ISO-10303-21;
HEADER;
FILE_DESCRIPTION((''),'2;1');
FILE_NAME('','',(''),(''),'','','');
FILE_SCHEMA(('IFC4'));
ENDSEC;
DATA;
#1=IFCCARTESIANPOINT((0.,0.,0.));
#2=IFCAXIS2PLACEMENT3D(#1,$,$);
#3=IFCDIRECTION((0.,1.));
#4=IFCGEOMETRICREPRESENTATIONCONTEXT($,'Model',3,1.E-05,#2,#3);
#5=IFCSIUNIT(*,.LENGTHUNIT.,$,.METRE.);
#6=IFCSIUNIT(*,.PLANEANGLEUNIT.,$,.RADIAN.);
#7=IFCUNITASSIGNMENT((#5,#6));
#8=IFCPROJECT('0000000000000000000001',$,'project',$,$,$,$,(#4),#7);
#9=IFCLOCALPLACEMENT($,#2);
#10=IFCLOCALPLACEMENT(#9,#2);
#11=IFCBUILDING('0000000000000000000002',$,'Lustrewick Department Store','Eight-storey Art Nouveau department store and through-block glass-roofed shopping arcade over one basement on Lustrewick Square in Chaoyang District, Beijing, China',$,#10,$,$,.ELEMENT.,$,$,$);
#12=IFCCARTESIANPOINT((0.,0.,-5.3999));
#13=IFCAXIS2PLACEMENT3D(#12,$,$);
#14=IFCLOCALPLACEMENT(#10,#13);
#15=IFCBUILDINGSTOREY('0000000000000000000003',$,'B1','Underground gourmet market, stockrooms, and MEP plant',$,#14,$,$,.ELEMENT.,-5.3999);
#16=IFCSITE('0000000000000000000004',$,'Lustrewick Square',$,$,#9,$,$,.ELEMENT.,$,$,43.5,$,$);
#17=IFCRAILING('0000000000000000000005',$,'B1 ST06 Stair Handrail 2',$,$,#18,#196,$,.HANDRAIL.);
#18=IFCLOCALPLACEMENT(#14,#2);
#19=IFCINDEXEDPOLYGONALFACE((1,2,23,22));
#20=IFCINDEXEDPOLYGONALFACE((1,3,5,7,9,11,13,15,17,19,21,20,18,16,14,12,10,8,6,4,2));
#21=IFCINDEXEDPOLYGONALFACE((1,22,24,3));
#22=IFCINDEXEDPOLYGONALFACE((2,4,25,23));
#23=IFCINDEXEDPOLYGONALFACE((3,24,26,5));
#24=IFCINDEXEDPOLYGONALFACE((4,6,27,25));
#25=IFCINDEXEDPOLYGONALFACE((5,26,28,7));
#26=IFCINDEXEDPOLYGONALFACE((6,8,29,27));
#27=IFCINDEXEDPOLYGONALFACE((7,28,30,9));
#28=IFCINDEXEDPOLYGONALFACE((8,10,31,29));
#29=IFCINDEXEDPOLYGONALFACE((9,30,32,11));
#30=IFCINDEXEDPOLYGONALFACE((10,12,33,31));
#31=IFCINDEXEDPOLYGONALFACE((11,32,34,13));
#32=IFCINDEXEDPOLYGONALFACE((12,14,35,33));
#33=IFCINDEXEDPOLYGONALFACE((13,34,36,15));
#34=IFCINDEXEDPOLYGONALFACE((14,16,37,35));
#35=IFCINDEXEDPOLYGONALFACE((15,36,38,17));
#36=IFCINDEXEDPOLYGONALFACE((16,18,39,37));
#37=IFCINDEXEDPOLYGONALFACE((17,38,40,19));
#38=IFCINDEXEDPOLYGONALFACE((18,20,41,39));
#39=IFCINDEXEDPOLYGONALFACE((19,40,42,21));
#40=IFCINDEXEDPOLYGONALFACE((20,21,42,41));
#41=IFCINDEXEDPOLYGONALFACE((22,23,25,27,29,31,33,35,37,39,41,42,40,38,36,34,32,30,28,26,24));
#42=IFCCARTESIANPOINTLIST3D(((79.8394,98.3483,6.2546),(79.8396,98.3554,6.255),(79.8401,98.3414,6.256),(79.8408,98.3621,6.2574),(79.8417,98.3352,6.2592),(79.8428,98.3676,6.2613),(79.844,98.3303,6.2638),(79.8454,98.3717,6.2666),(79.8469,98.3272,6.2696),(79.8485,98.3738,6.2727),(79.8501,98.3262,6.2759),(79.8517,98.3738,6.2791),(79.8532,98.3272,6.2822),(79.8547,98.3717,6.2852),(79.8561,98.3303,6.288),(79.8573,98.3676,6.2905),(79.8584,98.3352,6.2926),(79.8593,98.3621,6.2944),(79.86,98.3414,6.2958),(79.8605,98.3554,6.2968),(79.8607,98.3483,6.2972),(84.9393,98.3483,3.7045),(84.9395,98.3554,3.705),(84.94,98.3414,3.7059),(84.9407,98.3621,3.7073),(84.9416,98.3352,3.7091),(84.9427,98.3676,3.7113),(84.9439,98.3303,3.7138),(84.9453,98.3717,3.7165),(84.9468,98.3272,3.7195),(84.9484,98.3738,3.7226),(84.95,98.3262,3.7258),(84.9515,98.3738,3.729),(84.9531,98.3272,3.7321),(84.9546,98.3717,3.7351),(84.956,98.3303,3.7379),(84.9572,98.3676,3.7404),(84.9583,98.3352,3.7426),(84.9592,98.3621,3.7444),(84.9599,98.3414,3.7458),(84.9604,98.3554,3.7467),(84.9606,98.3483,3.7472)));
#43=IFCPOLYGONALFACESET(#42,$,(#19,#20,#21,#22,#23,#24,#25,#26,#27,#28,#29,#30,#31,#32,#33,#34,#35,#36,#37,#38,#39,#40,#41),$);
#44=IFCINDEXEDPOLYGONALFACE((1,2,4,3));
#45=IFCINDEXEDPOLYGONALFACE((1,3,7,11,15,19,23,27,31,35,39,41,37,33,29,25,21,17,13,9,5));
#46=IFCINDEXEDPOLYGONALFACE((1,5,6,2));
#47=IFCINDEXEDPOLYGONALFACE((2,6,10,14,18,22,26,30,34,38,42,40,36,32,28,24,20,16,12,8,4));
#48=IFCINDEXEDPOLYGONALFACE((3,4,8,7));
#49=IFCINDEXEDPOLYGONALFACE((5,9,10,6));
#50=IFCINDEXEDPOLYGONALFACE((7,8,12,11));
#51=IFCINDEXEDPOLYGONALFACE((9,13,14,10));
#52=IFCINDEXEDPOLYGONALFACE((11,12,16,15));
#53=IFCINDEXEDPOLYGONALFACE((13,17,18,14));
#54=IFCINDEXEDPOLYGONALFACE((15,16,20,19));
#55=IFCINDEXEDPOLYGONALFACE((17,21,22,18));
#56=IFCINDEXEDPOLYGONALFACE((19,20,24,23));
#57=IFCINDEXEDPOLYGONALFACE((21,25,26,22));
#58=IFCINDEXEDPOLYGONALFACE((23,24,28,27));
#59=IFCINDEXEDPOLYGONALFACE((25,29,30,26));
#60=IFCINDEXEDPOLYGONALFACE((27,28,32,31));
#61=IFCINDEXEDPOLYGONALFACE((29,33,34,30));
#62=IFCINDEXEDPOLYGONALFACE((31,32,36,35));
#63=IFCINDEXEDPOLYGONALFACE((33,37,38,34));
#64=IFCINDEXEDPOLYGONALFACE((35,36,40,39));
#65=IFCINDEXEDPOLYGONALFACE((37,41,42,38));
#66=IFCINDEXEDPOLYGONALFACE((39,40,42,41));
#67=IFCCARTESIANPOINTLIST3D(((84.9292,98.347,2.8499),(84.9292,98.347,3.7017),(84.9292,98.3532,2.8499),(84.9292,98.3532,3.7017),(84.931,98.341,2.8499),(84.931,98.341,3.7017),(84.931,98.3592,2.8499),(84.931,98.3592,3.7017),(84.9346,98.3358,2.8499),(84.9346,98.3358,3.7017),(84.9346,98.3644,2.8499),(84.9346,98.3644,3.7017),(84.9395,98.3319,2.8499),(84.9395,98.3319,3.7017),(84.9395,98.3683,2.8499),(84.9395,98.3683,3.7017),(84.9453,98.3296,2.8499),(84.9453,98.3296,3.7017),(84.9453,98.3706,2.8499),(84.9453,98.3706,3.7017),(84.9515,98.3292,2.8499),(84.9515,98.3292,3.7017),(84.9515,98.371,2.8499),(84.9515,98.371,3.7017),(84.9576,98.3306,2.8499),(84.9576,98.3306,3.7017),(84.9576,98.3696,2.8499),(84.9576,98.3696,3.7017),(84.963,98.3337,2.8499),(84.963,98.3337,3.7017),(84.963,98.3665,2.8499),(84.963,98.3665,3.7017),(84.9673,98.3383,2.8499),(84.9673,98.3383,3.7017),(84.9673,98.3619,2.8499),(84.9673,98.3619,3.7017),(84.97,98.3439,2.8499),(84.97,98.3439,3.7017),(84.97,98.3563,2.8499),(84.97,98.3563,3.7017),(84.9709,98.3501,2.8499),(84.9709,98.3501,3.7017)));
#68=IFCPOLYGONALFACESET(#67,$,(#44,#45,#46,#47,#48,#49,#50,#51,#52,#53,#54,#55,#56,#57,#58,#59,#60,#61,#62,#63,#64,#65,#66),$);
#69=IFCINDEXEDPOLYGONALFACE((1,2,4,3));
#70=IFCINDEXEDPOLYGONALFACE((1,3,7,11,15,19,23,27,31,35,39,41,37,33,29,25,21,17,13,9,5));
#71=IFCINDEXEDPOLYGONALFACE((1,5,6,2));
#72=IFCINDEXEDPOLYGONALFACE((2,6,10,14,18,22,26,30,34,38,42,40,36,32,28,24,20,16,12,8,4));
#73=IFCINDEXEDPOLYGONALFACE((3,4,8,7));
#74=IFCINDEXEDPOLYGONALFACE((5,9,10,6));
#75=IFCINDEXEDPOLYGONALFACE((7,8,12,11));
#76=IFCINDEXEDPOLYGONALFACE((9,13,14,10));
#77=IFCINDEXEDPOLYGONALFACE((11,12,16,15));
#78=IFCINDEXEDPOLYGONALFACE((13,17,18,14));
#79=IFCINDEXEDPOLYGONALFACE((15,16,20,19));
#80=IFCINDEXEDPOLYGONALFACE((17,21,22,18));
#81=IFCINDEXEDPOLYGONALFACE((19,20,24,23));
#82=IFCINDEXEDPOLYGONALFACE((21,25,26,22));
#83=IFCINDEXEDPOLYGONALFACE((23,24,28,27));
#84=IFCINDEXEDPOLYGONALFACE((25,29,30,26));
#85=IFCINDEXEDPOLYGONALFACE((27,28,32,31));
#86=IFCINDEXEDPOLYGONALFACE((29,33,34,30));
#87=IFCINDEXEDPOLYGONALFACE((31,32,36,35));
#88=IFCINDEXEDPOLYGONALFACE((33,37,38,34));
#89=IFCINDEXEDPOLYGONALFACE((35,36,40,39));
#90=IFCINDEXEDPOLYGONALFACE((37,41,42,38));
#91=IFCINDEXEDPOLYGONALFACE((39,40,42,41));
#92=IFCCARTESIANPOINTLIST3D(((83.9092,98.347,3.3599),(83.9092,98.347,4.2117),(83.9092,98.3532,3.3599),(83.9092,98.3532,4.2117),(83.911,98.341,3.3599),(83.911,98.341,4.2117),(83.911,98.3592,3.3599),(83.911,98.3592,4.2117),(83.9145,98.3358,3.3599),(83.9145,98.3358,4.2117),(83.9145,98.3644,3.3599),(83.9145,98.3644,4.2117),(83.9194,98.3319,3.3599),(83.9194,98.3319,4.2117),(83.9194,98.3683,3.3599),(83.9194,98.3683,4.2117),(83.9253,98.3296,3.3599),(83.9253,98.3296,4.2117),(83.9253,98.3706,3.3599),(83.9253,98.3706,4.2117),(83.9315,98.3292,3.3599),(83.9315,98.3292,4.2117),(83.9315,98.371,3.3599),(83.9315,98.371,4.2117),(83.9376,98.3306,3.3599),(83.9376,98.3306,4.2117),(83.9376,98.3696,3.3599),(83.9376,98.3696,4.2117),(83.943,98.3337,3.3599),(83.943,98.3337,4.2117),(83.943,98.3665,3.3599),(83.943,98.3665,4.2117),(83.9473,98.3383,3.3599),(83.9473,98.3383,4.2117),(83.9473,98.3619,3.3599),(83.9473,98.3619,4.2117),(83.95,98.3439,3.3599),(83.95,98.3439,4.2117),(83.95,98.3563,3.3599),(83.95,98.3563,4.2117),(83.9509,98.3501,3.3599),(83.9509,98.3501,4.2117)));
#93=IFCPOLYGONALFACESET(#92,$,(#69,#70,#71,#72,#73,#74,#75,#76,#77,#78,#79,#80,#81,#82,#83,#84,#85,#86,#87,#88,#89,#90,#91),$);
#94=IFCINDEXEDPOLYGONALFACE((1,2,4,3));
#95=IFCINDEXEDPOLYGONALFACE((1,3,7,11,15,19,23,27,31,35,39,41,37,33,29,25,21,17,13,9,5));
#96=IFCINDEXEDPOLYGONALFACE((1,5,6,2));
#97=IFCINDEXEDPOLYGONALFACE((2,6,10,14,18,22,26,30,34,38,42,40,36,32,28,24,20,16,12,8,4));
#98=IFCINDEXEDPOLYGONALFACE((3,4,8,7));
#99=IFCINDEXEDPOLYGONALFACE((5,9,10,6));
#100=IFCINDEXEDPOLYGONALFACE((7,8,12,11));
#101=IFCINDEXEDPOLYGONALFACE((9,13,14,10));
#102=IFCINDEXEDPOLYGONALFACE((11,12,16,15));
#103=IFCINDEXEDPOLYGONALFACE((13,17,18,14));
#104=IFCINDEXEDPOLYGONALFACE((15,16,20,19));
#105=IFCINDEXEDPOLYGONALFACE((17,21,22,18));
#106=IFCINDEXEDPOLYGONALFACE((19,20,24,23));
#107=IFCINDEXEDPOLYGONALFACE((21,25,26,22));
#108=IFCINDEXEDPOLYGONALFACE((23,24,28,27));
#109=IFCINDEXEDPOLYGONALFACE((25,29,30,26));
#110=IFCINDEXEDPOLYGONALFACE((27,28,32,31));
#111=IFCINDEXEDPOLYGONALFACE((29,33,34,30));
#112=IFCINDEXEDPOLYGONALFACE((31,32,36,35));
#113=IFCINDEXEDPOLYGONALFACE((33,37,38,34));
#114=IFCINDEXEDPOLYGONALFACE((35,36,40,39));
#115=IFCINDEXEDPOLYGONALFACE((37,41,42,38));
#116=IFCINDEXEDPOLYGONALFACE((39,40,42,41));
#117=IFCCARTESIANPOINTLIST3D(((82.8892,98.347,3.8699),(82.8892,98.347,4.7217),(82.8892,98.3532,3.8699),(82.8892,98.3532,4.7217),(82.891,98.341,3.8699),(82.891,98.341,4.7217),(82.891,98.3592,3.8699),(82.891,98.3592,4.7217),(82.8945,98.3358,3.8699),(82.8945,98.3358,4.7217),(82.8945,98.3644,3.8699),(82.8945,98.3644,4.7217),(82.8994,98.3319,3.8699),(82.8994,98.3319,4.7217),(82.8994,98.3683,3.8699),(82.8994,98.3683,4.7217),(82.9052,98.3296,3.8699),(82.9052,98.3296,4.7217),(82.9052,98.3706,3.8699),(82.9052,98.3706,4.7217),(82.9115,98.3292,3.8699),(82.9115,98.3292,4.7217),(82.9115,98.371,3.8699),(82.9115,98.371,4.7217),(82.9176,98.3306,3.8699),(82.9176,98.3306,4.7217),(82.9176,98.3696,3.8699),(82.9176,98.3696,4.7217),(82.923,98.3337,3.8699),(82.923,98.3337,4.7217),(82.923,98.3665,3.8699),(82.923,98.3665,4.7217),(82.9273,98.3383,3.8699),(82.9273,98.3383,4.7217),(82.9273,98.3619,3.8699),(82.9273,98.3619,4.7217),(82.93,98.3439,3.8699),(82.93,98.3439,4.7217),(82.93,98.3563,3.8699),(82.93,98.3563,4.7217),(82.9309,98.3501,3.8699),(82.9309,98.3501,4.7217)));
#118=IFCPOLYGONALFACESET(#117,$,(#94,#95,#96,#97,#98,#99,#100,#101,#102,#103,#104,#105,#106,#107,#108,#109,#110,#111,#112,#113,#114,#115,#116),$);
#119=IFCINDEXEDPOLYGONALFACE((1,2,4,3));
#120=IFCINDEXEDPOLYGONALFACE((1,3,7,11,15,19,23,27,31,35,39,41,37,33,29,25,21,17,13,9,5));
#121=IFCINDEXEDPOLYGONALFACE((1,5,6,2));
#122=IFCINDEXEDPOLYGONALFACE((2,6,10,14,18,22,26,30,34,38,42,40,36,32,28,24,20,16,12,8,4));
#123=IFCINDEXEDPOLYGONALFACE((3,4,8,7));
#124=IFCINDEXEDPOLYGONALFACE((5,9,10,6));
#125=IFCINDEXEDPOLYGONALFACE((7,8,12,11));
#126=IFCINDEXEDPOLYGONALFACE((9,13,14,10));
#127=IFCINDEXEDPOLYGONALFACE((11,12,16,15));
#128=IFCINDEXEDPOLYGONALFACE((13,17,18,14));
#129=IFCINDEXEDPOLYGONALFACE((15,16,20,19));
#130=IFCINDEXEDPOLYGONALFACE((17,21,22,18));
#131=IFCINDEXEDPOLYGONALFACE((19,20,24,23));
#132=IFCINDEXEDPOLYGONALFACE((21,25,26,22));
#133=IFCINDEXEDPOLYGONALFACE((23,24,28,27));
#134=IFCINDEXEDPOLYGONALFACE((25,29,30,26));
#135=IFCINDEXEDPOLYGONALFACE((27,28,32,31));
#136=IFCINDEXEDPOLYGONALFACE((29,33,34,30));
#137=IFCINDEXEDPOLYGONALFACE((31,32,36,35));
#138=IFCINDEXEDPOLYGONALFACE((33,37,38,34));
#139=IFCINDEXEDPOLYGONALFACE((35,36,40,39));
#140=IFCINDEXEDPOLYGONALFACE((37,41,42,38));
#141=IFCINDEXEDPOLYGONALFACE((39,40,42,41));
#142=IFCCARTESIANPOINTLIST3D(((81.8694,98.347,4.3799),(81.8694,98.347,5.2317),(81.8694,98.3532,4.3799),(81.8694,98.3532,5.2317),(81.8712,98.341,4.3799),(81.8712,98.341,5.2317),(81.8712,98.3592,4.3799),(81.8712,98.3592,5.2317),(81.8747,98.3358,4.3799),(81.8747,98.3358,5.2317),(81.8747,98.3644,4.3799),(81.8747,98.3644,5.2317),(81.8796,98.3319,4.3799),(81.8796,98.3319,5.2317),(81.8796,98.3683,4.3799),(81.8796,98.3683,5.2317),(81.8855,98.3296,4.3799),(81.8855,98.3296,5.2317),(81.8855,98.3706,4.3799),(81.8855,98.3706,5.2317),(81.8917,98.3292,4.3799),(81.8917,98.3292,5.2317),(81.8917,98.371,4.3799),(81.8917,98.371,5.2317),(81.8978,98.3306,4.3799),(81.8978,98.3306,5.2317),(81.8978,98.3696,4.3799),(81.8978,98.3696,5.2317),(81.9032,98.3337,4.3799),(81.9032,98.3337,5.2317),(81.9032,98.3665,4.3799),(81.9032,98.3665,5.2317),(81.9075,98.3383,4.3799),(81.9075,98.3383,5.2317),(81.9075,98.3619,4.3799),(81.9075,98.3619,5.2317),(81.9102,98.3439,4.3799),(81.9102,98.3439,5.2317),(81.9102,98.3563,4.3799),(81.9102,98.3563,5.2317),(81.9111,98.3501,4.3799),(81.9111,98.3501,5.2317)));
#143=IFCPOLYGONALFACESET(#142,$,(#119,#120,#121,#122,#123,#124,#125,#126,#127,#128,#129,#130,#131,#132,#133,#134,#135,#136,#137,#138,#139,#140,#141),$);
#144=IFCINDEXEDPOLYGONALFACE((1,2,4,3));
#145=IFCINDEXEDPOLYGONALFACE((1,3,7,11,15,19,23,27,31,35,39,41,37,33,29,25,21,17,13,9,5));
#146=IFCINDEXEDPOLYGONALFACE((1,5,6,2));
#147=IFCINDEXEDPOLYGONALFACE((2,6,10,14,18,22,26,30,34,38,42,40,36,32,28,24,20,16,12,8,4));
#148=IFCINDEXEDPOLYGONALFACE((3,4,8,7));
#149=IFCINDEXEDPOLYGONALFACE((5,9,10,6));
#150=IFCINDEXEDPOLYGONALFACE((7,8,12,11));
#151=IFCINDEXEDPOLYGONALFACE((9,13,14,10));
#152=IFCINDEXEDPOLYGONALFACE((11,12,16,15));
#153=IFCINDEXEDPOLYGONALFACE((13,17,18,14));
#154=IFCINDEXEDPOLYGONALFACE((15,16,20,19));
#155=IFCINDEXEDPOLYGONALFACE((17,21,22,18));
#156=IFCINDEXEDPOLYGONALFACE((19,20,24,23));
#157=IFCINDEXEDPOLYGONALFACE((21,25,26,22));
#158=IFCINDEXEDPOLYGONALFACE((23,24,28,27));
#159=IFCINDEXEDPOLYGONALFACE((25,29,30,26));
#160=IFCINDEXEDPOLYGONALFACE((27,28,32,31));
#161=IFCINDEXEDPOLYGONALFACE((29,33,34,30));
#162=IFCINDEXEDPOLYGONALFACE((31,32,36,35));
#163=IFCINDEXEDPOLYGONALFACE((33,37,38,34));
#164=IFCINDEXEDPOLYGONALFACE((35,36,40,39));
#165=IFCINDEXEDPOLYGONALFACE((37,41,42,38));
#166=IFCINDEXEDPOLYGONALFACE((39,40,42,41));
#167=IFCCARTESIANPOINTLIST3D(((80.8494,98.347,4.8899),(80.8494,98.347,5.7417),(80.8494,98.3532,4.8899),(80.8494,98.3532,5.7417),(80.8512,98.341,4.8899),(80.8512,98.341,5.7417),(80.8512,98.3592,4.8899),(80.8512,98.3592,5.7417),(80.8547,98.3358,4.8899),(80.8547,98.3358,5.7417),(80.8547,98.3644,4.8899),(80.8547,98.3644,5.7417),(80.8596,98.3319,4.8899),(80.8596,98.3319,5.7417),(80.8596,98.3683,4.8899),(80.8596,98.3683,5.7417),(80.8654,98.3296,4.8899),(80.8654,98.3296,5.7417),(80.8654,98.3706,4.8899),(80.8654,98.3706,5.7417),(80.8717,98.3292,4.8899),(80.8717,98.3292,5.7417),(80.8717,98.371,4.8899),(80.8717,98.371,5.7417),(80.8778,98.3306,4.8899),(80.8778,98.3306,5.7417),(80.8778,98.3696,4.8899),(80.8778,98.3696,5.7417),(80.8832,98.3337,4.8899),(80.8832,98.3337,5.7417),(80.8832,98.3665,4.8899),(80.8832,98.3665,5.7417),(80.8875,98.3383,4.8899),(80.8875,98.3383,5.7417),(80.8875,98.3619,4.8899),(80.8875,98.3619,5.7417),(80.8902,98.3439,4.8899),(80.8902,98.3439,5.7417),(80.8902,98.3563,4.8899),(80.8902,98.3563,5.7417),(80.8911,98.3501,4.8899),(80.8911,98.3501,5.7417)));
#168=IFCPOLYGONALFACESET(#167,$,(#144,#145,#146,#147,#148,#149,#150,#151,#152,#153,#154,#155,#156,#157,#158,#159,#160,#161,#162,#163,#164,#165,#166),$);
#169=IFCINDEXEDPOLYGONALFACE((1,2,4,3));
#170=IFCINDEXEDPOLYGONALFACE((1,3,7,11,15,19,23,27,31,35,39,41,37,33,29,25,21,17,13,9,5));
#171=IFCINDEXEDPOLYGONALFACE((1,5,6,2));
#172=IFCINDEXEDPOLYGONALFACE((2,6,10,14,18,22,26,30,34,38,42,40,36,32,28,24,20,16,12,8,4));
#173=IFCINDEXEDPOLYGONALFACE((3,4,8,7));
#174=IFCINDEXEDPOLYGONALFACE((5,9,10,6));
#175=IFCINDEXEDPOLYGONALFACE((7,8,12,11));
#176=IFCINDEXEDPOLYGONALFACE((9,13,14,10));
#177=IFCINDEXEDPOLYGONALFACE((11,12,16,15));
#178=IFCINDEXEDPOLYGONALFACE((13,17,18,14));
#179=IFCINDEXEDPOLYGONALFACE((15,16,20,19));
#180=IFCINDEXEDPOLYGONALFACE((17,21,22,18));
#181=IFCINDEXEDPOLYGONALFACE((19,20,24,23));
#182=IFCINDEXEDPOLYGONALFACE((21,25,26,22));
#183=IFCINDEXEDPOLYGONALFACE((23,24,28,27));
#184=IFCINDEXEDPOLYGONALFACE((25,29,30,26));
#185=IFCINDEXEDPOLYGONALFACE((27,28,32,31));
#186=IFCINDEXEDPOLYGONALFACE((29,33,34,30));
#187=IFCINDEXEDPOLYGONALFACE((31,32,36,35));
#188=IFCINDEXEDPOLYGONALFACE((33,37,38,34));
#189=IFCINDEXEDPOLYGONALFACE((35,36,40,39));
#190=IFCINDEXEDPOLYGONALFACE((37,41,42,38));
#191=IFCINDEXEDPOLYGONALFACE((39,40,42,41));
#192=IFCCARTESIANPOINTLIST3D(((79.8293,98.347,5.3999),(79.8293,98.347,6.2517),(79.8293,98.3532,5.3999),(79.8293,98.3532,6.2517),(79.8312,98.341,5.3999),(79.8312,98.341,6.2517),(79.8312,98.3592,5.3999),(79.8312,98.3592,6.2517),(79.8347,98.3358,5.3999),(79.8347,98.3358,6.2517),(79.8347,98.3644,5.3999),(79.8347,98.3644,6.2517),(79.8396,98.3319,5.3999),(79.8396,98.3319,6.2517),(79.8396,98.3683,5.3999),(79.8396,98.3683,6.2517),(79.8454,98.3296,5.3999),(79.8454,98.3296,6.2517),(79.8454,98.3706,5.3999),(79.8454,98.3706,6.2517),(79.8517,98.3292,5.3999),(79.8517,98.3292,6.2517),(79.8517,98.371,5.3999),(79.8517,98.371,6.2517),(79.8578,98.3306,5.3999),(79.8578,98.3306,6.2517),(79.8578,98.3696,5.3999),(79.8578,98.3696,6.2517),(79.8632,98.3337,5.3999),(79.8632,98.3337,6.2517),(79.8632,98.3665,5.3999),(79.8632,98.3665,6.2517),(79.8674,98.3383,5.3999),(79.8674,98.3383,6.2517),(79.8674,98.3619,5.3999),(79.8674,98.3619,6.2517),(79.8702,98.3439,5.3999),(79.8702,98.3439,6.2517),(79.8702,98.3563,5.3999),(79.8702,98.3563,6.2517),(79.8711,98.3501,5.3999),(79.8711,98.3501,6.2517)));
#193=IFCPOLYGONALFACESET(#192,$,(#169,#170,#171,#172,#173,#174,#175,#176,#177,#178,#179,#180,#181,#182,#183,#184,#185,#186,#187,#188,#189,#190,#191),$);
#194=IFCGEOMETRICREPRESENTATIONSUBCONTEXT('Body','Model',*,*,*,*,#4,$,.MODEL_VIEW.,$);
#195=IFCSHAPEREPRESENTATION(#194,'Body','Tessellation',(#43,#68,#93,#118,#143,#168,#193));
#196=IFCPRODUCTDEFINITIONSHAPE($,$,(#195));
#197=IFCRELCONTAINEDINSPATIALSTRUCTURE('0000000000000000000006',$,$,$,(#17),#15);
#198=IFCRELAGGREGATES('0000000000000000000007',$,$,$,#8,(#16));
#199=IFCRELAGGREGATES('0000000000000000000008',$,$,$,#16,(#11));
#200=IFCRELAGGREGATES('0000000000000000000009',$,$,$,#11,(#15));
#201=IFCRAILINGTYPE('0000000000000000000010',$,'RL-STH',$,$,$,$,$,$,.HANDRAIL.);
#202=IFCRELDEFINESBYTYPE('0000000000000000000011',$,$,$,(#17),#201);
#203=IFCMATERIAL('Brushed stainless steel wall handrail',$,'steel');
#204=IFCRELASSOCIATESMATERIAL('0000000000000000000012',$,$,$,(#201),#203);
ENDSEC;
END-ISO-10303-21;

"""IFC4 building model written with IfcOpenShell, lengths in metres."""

from ifc_helpers import new_model, si_unit, direction, frame, origin, origin_2d, place, context, subcontext, project, spatial, circle, extrude, material, type_object, element, save


model = new_model("IFC4")

# Units and contexts
model_context = context("Model", 3, precision=1e-05, world=origin(), true_north=direction((0.0, 1.0)))
body_context = subcontext(model_context, "Body", "Model", "MODEL_VIEW")
ifc_project = project(units=[si_unit("LENGTHUNIT", "METRE"), si_unit("PLANEANGLEUNIT", "RADIAN")], contexts=[model_context])

# Site, building, storey
site_placement = place(None, origin())
site = spatial("IfcSite", under=ifc_project, at=site_placement, Name="Lustrewick Square", CompositionType="ELEMENT", RefElevation=43.5)
building_placement = place(site_placement, origin())
building = spatial("IfcBuilding", under=site, at=building_placement, Name="Lustrewick Department Store", Description="Eight-storey Art Nouveau department store and through-block glass-roofed shopping arcade over one basement on Lustrewick Square in Chaoyang District, Beijing, China", CompositionType="ELEMENT")
storey_placement = place(building_placement, frame((0.0, 0.0, -5.3999)))
storey = spatial("IfcBuildingStorey", under=building, at=storey_placement, Name="B1", Description="Underground gourmet market, stockrooms, and MEP plant", CompositionType="ELEMENT", Elevation=-5.3999)

# Railing
ifc_material_1 = material(Name="Brushed stainless steel wall handrail", Category="steel")
railing_type = type_object("IfcRailingType", Name="RL-STH", PredefinedType="HANDRAIL", material=ifc_material_1)
railing_placement = place(storey_placement, frame((84.95, 98.3501, 2.8499)))
element("IfcRailing", 1, at=railing_placement, inside=storey, type_object=railing_type, Name="B1 ST06 Stair Handrail 2", PredefinedType="HANDRAIL", context=body_context, shape_type="SweptSolid", body=[
    extrude(circle(Radius=0.0239, at=origin_2d()), frame((0.0, 0.0, 0.876), z_axis=(-0.894419, 0.0, 0.447231), x_axis=(0.0, -1.0, 0.0)), (0.0, 0.0, 1.0), 5.7019),
    extrude(circle(Radius=0.021, at=origin_2d()), origin(), (0.0, 0.0, 1.0), 0.8518),
    extrude(circle(Radius=0.021, at=origin_2d()), frame((-1.02, 0.0, 0.51)), (0.0, 0.0, 1.0), 0.8518),
    extrude(circle(Radius=0.021, at=origin_2d()), frame((-2.04, 0.0, 1.02)), (0.0, 0.0, 1.0), 0.8518),
    extrude(circle(Radius=0.021, at=origin_2d()), frame((-3.0598, 0.0, 1.53)), (0.0, 0.0, 1.0), 0.8518),
    extrude(circle(Radius=0.021, at=origin_2d()), frame((-4.0798, 0.0, 2.04)), (0.0, 0.0, 1.0), 0.8518),
    extrude(circle(Radius=0.021, at=origin_2d()), frame((-5.0999, 0.0, 2.55)), (0.0, 0.0, 1.0), 0.8518),
])

save(model, "model.ifc")
